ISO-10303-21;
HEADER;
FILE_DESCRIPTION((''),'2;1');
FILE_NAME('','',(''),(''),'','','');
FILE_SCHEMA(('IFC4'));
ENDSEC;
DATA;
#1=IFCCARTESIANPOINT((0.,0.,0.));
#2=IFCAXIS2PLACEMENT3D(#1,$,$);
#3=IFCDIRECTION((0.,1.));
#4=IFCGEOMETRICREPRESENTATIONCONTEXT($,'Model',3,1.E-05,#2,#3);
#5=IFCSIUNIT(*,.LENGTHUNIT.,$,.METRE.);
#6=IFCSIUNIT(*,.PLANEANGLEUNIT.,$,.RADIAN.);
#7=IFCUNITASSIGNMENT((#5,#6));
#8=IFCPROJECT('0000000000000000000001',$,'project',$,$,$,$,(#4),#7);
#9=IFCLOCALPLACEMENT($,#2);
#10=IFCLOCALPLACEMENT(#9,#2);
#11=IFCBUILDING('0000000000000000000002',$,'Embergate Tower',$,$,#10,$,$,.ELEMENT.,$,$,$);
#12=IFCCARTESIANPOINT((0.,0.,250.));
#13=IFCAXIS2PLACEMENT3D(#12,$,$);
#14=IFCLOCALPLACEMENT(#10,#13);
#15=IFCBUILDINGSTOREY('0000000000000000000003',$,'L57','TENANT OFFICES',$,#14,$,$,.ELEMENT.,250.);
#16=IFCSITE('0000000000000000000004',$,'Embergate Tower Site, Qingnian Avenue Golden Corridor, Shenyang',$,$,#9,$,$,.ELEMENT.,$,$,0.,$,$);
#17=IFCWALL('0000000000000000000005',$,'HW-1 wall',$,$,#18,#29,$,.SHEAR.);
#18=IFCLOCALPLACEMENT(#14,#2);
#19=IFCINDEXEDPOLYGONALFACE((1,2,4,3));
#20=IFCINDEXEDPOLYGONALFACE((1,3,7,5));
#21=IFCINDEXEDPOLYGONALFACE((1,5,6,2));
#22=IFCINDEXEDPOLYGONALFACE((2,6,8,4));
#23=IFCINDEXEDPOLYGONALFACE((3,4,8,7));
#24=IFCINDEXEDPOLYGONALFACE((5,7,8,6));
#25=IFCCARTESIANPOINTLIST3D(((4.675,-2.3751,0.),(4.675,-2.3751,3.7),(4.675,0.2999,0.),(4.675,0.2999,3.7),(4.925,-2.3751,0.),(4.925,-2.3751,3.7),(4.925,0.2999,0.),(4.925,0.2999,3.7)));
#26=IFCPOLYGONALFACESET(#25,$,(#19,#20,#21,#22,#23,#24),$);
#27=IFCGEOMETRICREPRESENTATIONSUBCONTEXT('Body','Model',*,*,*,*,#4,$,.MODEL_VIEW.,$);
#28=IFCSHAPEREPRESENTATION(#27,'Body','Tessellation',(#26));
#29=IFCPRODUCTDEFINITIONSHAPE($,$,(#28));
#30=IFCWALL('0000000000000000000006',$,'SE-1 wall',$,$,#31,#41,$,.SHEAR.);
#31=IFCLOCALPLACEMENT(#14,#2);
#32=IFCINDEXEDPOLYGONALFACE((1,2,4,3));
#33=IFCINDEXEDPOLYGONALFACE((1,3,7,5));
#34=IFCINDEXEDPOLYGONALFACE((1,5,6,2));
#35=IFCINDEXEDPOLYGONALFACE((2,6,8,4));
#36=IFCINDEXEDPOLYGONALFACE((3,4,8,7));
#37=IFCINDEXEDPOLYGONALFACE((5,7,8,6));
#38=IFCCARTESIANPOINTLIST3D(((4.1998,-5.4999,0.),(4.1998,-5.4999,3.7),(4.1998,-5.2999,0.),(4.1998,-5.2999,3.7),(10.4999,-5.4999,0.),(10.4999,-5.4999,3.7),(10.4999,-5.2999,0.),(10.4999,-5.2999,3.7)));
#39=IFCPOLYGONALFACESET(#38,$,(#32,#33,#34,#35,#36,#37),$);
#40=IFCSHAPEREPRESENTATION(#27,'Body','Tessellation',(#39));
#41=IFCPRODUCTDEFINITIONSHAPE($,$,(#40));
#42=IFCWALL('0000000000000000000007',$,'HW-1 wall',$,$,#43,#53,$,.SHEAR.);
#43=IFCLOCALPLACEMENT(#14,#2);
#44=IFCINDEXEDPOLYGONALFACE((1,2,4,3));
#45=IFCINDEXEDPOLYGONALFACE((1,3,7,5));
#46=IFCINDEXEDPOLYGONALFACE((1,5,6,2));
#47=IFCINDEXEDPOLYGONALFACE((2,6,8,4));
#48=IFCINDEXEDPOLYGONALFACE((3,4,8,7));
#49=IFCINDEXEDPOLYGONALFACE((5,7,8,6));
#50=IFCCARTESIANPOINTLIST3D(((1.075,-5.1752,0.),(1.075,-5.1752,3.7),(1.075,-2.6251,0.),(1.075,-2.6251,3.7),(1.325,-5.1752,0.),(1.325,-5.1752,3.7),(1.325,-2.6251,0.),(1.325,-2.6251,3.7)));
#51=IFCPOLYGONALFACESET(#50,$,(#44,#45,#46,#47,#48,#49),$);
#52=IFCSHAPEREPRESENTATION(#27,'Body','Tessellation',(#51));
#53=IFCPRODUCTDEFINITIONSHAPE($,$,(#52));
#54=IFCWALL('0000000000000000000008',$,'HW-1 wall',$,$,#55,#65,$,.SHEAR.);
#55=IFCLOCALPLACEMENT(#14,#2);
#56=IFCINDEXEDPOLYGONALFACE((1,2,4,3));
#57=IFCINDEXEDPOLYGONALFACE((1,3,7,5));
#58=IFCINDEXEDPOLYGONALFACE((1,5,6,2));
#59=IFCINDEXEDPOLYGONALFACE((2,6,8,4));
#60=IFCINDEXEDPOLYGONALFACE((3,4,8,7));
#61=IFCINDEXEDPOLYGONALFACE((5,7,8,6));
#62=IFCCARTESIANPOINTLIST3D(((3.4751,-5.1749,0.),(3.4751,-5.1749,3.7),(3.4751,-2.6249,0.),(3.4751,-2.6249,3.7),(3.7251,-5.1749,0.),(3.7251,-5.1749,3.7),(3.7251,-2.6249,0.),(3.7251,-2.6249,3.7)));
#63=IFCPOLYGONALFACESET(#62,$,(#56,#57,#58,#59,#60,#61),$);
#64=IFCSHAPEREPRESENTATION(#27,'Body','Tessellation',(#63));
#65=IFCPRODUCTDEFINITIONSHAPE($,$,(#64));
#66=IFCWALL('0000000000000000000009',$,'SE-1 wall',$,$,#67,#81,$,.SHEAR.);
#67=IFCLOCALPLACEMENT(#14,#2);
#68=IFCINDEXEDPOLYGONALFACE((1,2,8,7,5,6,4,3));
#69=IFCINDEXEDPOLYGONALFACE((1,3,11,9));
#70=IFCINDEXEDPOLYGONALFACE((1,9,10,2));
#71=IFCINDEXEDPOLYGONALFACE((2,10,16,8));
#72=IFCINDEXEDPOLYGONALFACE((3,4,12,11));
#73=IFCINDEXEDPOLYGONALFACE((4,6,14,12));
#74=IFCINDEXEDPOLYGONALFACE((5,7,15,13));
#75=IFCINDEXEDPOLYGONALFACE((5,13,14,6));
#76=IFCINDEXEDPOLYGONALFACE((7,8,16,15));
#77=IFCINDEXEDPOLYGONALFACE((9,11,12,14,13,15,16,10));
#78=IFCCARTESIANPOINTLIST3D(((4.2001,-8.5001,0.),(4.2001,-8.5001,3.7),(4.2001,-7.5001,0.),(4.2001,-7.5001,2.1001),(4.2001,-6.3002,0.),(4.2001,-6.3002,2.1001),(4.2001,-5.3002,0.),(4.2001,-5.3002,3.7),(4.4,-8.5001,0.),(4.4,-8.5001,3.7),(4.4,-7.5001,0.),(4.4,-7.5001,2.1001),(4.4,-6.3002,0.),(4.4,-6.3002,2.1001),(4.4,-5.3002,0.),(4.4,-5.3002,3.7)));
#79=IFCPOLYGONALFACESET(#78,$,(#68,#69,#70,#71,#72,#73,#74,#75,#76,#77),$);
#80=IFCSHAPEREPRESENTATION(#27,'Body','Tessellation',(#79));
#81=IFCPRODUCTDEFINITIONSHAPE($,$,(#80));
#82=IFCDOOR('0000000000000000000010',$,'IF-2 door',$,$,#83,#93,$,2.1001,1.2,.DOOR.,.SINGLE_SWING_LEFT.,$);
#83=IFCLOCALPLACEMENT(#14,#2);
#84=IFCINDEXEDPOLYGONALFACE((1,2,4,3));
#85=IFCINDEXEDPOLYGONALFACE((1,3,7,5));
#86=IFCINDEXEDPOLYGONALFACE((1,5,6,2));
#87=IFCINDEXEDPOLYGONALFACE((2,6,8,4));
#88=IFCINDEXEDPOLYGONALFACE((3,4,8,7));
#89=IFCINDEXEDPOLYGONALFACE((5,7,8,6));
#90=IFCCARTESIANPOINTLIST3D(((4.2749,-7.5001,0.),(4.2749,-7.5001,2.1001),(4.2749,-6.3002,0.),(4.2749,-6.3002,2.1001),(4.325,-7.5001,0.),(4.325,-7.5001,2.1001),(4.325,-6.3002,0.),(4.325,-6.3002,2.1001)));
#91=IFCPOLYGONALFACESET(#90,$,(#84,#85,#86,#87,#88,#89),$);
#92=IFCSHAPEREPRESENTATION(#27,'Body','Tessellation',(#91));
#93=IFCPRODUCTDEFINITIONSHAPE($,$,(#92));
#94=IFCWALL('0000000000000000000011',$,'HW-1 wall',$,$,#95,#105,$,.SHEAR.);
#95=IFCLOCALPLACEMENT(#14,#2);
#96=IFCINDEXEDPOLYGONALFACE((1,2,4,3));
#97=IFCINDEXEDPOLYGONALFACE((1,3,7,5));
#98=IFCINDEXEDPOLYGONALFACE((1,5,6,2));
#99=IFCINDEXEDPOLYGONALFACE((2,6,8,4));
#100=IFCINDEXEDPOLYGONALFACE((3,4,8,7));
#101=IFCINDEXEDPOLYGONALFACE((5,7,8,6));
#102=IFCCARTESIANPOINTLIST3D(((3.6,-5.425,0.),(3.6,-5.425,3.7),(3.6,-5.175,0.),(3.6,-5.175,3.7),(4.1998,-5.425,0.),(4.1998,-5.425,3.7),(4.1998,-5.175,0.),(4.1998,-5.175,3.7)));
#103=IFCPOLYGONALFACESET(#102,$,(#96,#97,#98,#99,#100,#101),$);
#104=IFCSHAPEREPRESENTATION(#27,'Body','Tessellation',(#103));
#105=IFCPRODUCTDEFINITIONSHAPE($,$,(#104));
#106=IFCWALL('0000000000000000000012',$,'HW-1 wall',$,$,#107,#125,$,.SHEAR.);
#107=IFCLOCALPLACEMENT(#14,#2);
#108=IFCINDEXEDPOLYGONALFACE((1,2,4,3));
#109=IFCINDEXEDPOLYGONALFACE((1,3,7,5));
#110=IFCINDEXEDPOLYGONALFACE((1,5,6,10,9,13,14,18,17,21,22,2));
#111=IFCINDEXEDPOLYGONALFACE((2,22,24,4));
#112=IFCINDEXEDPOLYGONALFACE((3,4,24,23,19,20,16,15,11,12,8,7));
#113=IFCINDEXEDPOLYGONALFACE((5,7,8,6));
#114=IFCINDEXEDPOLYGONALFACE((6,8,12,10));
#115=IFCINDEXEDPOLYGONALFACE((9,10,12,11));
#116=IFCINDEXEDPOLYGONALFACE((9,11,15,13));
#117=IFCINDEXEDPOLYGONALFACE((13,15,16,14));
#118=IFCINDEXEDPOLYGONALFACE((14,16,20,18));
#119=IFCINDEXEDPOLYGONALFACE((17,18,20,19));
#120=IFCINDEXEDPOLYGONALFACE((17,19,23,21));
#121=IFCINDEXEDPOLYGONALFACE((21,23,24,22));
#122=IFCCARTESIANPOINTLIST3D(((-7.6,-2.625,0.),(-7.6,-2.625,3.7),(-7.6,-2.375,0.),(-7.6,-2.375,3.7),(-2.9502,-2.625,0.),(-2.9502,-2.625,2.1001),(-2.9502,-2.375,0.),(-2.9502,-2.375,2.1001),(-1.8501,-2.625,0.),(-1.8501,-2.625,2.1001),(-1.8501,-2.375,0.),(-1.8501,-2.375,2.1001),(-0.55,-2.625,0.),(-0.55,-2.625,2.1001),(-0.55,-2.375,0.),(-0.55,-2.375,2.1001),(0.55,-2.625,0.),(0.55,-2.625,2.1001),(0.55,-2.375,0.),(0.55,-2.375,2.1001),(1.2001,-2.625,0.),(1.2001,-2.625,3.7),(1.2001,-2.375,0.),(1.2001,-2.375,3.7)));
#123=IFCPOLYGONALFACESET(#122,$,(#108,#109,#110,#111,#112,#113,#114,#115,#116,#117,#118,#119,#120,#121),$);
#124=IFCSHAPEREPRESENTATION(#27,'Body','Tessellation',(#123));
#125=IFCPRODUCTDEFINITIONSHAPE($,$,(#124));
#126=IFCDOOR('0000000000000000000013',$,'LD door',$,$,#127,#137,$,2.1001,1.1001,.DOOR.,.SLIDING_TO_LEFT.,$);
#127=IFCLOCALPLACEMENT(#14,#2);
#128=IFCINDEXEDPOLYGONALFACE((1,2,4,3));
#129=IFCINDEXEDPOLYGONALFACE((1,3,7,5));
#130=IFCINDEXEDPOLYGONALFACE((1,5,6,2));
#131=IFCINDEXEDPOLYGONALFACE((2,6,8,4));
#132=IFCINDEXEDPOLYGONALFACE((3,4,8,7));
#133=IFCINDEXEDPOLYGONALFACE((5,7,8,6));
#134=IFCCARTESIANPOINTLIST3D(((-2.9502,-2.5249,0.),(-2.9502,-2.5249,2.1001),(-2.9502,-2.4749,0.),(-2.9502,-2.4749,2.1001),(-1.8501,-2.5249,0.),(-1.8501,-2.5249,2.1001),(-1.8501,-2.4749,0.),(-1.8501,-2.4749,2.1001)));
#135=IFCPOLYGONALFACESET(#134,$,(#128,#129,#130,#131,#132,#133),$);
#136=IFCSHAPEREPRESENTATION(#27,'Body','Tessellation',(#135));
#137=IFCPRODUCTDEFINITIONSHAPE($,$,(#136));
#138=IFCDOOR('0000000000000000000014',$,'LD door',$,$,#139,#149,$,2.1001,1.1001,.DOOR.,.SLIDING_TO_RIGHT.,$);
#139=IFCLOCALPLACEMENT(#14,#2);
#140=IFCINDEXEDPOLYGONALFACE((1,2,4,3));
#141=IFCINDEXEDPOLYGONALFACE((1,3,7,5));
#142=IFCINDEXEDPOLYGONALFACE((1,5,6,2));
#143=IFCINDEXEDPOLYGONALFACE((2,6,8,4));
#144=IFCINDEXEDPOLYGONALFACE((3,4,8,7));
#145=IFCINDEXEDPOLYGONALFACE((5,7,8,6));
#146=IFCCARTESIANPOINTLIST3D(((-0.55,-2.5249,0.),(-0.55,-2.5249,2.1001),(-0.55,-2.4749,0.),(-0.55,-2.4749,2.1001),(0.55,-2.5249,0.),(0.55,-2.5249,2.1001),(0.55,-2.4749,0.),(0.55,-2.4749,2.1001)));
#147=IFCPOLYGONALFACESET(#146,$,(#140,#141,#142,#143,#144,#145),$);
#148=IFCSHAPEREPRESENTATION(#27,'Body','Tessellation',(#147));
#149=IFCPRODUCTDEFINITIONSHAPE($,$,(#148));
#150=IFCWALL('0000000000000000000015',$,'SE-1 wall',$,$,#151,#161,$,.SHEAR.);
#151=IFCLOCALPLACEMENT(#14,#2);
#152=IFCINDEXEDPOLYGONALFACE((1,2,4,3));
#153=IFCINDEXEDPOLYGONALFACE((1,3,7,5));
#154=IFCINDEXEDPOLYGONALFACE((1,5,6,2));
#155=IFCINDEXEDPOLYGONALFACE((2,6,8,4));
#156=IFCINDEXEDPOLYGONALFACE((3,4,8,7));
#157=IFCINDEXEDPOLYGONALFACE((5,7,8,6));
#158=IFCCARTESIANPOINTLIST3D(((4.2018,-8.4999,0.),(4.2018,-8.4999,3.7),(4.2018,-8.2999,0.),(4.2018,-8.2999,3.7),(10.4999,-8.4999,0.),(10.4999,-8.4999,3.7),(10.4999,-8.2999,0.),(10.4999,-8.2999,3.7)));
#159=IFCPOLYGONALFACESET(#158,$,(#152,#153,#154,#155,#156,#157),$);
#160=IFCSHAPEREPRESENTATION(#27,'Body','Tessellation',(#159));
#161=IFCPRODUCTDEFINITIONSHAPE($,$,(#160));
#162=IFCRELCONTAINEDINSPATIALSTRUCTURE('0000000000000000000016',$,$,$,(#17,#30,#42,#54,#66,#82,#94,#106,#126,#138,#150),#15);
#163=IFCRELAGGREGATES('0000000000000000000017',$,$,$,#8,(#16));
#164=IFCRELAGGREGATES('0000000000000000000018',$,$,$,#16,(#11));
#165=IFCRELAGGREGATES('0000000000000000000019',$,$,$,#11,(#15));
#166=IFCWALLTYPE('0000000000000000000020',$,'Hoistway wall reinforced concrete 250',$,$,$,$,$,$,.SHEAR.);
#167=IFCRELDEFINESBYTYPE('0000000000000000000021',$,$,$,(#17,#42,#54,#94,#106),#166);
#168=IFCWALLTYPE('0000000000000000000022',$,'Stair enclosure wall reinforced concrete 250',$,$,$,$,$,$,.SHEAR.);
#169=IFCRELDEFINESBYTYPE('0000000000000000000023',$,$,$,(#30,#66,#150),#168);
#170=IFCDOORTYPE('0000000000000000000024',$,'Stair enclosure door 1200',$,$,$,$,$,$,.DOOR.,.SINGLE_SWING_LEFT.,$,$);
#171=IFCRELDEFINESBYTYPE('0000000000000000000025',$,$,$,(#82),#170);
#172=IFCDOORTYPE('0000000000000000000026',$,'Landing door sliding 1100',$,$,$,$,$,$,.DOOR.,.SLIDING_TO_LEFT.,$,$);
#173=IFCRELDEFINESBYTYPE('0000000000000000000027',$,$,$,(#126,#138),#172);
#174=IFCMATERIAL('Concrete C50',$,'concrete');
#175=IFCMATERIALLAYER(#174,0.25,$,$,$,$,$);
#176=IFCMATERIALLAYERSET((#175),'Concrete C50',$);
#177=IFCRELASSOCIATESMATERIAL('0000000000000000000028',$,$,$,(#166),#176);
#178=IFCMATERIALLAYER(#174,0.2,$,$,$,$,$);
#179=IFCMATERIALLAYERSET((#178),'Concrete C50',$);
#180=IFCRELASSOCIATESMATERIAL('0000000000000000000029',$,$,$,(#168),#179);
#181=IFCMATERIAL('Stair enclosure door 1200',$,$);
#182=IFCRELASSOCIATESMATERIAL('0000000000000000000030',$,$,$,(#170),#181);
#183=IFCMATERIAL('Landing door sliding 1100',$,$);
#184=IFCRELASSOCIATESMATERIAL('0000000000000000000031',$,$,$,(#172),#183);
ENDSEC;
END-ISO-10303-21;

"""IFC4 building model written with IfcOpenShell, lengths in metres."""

from ifc_helpers import new_model, si_unit, direction, frame, frame_2d, origin, place, context, subcontext, project, spatial, rectangle, extrude, source, transform, mapped, material, layer, layer_set, type_object, element, fill, save


model = new_model("IFC4")

# Units and contexts
model_context = context("Model", 3, precision=1e-05, world=origin(), true_north=direction((0.0, 1.0)))
body_context = subcontext(model_context, "Body", "Model", "MODEL_VIEW")
ifc_project = project(units=[si_unit("LENGTHUNIT", "METRE"), si_unit("PLANEANGLEUNIT", "RADIAN")], contexts=[model_context])

# Site, building, storey
site_placement = place(None, origin())
site = spatial("IfcSite", under=ifc_project, at=site_placement, Name="Embergate Tower Site, Qingnian Avenue Golden Corridor, Shenyang", CompositionType="ELEMENT", RefElevation=0.0)
building_placement = place(site_placement, origin())
building = spatial("IfcBuilding", under=site, at=building_placement, Name="Embergate Tower", CompositionType="ELEMENT")
storey_placement = place(building_placement, frame((0.0, 0.0, 250.0)))
storey = spatial("IfcBuildingStorey", under=building, at=storey_placement, Name="L57", Description="TENANT OFFICES", CompositionType="ELEMENT", Elevation=250.0)

# Walls
ifc_material_1 = material(Name="Concrete C50", Category="concrete")
ifc_layer_1 = layer(ifc_material_1, 0.25)
ifc_layer_set_1 = layer_set([ifc_layer_1], Name="Concrete C50")
wall_type_1 = type_object("IfcWallType", Name="Hoistway wall reinforced concrete 250", PredefinedType="SHEAR", material=ifc_layer_set_1)
shared_shape_1 = source(origin(), body_context, "Body", "SweptSolid", [
    extrude(rectangle(XDim=2.675, YDim=0.25, at=frame_2d((1.3374, 0.0))), origin(), (0.0, 0.0, 1.0), 3.7),
])
wall_1_placement = place(storey_placement, frame((4.8, -2.375, 0.0), z_axis=(0.0, 0.0, 1.0), x_axis=(0.0, 1.0, 0.0)))
element("IfcWall", 1, at=wall_1_placement, inside=storey, type_object=wall_type_1, Name="HW-1 wall", PredefinedType="SHEAR", context=body_context, shape_type="MappedRepresentation", body=[
    mapped(shared_shape_1, transform((0.0, 0.0, 0.0))),
])
ifc_layer_2 = layer(ifc_material_1, 0.2)
ifc_layer_set_2 = layer_set([ifc_layer_2], Name="Concrete C50")
wall_type_2 = type_object("IfcWallType", Name="Stair enclosure wall reinforced concrete 250", PredefinedType="SHEAR", material=ifc_layer_set_2)
shared_shape_2 = source(origin(), body_context, "Body", "SweptSolid", [
    extrude(rectangle(XDim=6.3, YDim=0.2, at=frame_2d((3.1499, 0.0))), origin(), (0.0, 0.0, 1.0), 3.7),
])
wall_2_placement = place(storey_placement, frame((4.2, -5.3999, 0.0), z_axis=(0.0, 0.0, 1.0), x_axis=(1.0, 0.0, 0.0)))
element("IfcWall", 2, at=wall_2_placement, inside=storey, type_object=wall_type_2, Name="SE-1 wall", PredefinedType="SHEAR", context=body_context, shape_type="MappedRepresentation", body=[
    mapped(shared_shape_2, transform((0.0, 0.0, 0.0))),
])
shared_shape_3 = source(origin(), body_context, "Body", "SweptSolid", [
    extrude(rectangle(XDim=2.55, YDim=0.25, at=frame_2d((1.2749, 0.0))), origin(), (0.0, 0.0, 1.0), 3.7),
])
for number, where, z_axis, x_axis, name in (
    (3, (1.2, -5.175, 0.0), (0.0, 0.0, 1.0), (0.0, 1.0, 0.0), "HW-1 wall"),
    (4, (3.6001, -2.625, 0.0), (0.0, 0.0, 1.0), (0.0, -1.0, 0.0), "HW-1 wall"),
):
    element("IfcWall", number, at=place(storey_placement, frame(where, z_axis=z_axis, x_axis=x_axis)), inside=storey, type_object=wall_type_1, Name=name, PredefinedType="SHEAR", context=body_context, shape_type="MappedRepresentation", body=[
        mapped(shared_shape_3, transform((0.0, 0.0, 0.0))),
    ])

# Wall, opening, door
shared_shape_4 = source(origin(), body_context, "Body", "SweptSolid", [
    extrude(rectangle(XDim=3.2, YDim=0.2, at=frame_2d((1.6001, 0.0))), origin(), (0.0, 0.0, 1.0), 3.7),
])
wall_3_placement = place(storey_placement, frame((4.3, -5.3, 0.0), z_axis=(0.0, 0.0, 1.0), x_axis=(0.0, -1.0, 0.0)))
wall_3 = element("IfcWall", 5, at=wall_3_placement, inside=storey, type_object=wall_type_2, Name="SE-1 wall", PredefinedType="SHEAR", context=body_context, shape_type="MappedRepresentation", body=[
    mapped(shared_shape_4, transform((0.0, 0.0, 0.0))),
])
shared_shape_5 = source(origin(), body_context, "Body", "SweptSolid", [
    extrude(rectangle(XDim=1.2, YDim=2.1001, at=frame_2d((0.6001, 1.05))), frame((0.0, 0.1099, 0.0), z_axis=(0.0, -1.0, 0.0), x_axis=(1.0, 0.0, 0.0)), (0.0, 0.0, 1.0), 0.22),
])
opening_1_placement = place(wall_3_placement, frame((1.0, 0.0, 0.0)))
opening_1 = element("IfcOpeningElement", 6, at=opening_1_placement, cuts=wall_3, PredefinedType="OPENING", context=body_context, shape_type="MappedRepresentation", body=[
    mapped(shared_shape_5, transform((0.0, 0.0, 0.0))),
])
ifc_material_2 = material(Name="Stair enclosure door 1200")
door_type_1 = type_object("IfcDoorType", Name="Stair enclosure door 1200", OperationType="SINGLE_SWING_LEFT", PredefinedType="DOOR", material=ifc_material_2)
shared_shape_6 = source(origin(), body_context, "Body", "SweptSolid", [
    extrude(rectangle(XDim=1.2, YDim=2.1001, at=frame_2d((0.6001, 1.05))), frame((0.0, 0.0249, 0.0), z_axis=(0.0, -1.0, 0.0), x_axis=(1.0, 0.0, 0.0)), (0.0, 0.0, 1.0), 0.05),
])
door_1_placement = place(opening_1_placement, origin())
door_1 = element("IfcDoor", 7, at=door_1_placement, inside=storey, type_object=door_type_1, Name="IF-2 door", OperationType="SINGLE_SWING_LEFT", OverallHeight=2.1001, OverallWidth=1.2, PredefinedType="DOOR", context=body_context, shape_type="MappedRepresentation", body=[
    mapped(shared_shape_6, transform((0.0, 0.0, 0.0))),
])
fill(opening_1, door_1)

# Wall
shared_shape_7 = source(origin(), body_context, "Body", "SweptSolid", [
    extrude(rectangle(XDim=0.5999, YDim=0.25, at=frame_2d((0.2998, 0.0))), origin(), (0.0, 0.0, 1.0), 3.7),
])
wall_4_placement = place(storey_placement, frame((3.6001, -5.3, 0.0), z_axis=(0.0, 0.0, 1.0), x_axis=(1.0, 0.0, 0.0)))
element("IfcWall", 8, at=wall_4_placement, inside=storey, type_object=wall_type_1, Name="HW-1 wall", PredefinedType="SHEAR", context=body_context, shape_type="MappedRepresentation", body=[
    mapped(shared_shape_7, transform((0.0, 0.0, 0.0))),
])

# Wall, openings, doors
shared_shape_8 = source(origin(), body_context, "Body", "SweptSolid", [
    extrude(rectangle(XDim=8.8, YDim=0.25, at=frame_2d((4.3999, 0.0))), origin(), (0.0, 0.0, 1.0), 3.7),
])
wall_5_placement = place(storey_placement, frame((1.2, -2.5, 0.0), z_axis=(0.0, 0.0, 1.0), x_axis=(-1.0, 0.0, 0.0)))
wall_5 = element("IfcWall", 9, at=wall_5_placement, inside=storey, type_object=wall_type_1, Name="HW-1 wall", PredefinedType="SHEAR", context=body_context, shape_type="MappedRepresentation", body=[
    mapped(shared_shape_8, transform((0.0, 0.0, 0.0))),
])
shared_shape_9 = source(origin(), body_context, "Body", "SweptSolid", [
    extrude(rectangle(XDim=1.1001, YDim=2.1001, at=frame_2d((0.55, 1.05))), frame((0.0, 0.135, 0.0), z_axis=(0.0, -1.0, 0.0), x_axis=(1.0, 0.0, 0.0)), (0.0, 0.0, 1.0), 0.27),
])
opening_2_placement = place(wall_5_placement, frame((3.05, 0.0, 0.0)))
opening_2 = element("IfcOpeningElement", 10, at=opening_2_placement, cuts=wall_5, PredefinedType="OPENING", context=body_context, shape_type="MappedRepresentation", body=[
    mapped(shared_shape_9, transform((0.0, 0.0, 0.0))),
])
opening_3_placement = place(wall_5_placement, frame((0.6499, 0.0, 0.0)))
opening_3 = element("IfcOpeningElement", 11, at=opening_3_placement, cuts=wall_5, PredefinedType="OPENING", context=body_context, shape_type="MappedRepresentation", body=[
    mapped(shared_shape_9, transform((0.0, 0.0, 0.0))),
])
ifc_material_3 = material(Name="Landing door sliding 1100")
door_type_2 = type_object("IfcDoorType", Name="Landing door sliding 1100", OperationType="SLIDING_TO_LEFT", PredefinedType="DOOR", material=ifc_material_3)
shared_shape_10 = source(origin(), body_context, "Body", "SweptSolid", [
    extrude(rectangle(XDim=1.1001, YDim=2.1001, at=frame_2d((0.55, 1.05))), frame((0.0, 0.0249, 0.0), z_axis=(0.0, -1.0, 0.0), x_axis=(1.0, 0.0, 0.0)), (0.0, 0.0, 1.0), 0.05),
])
door_2_placement = place(opening_2_placement, origin())
door_2 = element("IfcDoor", 12, at=door_2_placement, inside=storey, type_object=door_type_2, Name="LD door", OperationType="SLIDING_TO_LEFT", OverallHeight=2.1001, OverallWidth=1.1001, PredefinedType="DOOR", context=body_context, shape_type="MappedRepresentation", body=[
    mapped(shared_shape_10, transform((0.0, 0.0, 0.0))),
])
fill(opening_2, door_2)
door_3_placement = place(opening_3_placement, origin())
door_3 = element("IfcDoor", 13, at=door_3_placement, inside=storey, type_object=door_type_2, Name="LD door", OperationType="SLIDING_TO_RIGHT", OverallHeight=2.1001, OverallWidth=1.1001, PredefinedType="DOOR", context=body_context, shape_type="MappedRepresentation", body=[
    mapped(shared_shape_10, transform((0.0, 0.0, 0.0))),
])
fill(opening_3, door_3)

# Wall
shared_shape_11 = source(origin(), body_context, "Body", "SweptSolid", [
    extrude(rectangle(XDim=6.2981, YDim=0.2, at=frame_2d((3.1489, 0.0))), origin(), (0.0, 0.0, 1.0), 3.7),
])
wall_6_placement = place(storey_placement, frame((4.2019, -8.3999, 0.0), z_axis=(0.0, 0.0, 1.0), x_axis=(1.0, 0.0, 0.0)))
element("IfcWall", 14, at=wall_6_placement, inside=storey, type_object=wall_type_2, Name="SE-1 wall", PredefinedType="SHEAR", context=body_context, shape_type="MappedRepresentation", body=[
    mapped(shared_shape_11, transform((0.0, 0.0, 0.0))),
])

save(model, "model.ifc")
